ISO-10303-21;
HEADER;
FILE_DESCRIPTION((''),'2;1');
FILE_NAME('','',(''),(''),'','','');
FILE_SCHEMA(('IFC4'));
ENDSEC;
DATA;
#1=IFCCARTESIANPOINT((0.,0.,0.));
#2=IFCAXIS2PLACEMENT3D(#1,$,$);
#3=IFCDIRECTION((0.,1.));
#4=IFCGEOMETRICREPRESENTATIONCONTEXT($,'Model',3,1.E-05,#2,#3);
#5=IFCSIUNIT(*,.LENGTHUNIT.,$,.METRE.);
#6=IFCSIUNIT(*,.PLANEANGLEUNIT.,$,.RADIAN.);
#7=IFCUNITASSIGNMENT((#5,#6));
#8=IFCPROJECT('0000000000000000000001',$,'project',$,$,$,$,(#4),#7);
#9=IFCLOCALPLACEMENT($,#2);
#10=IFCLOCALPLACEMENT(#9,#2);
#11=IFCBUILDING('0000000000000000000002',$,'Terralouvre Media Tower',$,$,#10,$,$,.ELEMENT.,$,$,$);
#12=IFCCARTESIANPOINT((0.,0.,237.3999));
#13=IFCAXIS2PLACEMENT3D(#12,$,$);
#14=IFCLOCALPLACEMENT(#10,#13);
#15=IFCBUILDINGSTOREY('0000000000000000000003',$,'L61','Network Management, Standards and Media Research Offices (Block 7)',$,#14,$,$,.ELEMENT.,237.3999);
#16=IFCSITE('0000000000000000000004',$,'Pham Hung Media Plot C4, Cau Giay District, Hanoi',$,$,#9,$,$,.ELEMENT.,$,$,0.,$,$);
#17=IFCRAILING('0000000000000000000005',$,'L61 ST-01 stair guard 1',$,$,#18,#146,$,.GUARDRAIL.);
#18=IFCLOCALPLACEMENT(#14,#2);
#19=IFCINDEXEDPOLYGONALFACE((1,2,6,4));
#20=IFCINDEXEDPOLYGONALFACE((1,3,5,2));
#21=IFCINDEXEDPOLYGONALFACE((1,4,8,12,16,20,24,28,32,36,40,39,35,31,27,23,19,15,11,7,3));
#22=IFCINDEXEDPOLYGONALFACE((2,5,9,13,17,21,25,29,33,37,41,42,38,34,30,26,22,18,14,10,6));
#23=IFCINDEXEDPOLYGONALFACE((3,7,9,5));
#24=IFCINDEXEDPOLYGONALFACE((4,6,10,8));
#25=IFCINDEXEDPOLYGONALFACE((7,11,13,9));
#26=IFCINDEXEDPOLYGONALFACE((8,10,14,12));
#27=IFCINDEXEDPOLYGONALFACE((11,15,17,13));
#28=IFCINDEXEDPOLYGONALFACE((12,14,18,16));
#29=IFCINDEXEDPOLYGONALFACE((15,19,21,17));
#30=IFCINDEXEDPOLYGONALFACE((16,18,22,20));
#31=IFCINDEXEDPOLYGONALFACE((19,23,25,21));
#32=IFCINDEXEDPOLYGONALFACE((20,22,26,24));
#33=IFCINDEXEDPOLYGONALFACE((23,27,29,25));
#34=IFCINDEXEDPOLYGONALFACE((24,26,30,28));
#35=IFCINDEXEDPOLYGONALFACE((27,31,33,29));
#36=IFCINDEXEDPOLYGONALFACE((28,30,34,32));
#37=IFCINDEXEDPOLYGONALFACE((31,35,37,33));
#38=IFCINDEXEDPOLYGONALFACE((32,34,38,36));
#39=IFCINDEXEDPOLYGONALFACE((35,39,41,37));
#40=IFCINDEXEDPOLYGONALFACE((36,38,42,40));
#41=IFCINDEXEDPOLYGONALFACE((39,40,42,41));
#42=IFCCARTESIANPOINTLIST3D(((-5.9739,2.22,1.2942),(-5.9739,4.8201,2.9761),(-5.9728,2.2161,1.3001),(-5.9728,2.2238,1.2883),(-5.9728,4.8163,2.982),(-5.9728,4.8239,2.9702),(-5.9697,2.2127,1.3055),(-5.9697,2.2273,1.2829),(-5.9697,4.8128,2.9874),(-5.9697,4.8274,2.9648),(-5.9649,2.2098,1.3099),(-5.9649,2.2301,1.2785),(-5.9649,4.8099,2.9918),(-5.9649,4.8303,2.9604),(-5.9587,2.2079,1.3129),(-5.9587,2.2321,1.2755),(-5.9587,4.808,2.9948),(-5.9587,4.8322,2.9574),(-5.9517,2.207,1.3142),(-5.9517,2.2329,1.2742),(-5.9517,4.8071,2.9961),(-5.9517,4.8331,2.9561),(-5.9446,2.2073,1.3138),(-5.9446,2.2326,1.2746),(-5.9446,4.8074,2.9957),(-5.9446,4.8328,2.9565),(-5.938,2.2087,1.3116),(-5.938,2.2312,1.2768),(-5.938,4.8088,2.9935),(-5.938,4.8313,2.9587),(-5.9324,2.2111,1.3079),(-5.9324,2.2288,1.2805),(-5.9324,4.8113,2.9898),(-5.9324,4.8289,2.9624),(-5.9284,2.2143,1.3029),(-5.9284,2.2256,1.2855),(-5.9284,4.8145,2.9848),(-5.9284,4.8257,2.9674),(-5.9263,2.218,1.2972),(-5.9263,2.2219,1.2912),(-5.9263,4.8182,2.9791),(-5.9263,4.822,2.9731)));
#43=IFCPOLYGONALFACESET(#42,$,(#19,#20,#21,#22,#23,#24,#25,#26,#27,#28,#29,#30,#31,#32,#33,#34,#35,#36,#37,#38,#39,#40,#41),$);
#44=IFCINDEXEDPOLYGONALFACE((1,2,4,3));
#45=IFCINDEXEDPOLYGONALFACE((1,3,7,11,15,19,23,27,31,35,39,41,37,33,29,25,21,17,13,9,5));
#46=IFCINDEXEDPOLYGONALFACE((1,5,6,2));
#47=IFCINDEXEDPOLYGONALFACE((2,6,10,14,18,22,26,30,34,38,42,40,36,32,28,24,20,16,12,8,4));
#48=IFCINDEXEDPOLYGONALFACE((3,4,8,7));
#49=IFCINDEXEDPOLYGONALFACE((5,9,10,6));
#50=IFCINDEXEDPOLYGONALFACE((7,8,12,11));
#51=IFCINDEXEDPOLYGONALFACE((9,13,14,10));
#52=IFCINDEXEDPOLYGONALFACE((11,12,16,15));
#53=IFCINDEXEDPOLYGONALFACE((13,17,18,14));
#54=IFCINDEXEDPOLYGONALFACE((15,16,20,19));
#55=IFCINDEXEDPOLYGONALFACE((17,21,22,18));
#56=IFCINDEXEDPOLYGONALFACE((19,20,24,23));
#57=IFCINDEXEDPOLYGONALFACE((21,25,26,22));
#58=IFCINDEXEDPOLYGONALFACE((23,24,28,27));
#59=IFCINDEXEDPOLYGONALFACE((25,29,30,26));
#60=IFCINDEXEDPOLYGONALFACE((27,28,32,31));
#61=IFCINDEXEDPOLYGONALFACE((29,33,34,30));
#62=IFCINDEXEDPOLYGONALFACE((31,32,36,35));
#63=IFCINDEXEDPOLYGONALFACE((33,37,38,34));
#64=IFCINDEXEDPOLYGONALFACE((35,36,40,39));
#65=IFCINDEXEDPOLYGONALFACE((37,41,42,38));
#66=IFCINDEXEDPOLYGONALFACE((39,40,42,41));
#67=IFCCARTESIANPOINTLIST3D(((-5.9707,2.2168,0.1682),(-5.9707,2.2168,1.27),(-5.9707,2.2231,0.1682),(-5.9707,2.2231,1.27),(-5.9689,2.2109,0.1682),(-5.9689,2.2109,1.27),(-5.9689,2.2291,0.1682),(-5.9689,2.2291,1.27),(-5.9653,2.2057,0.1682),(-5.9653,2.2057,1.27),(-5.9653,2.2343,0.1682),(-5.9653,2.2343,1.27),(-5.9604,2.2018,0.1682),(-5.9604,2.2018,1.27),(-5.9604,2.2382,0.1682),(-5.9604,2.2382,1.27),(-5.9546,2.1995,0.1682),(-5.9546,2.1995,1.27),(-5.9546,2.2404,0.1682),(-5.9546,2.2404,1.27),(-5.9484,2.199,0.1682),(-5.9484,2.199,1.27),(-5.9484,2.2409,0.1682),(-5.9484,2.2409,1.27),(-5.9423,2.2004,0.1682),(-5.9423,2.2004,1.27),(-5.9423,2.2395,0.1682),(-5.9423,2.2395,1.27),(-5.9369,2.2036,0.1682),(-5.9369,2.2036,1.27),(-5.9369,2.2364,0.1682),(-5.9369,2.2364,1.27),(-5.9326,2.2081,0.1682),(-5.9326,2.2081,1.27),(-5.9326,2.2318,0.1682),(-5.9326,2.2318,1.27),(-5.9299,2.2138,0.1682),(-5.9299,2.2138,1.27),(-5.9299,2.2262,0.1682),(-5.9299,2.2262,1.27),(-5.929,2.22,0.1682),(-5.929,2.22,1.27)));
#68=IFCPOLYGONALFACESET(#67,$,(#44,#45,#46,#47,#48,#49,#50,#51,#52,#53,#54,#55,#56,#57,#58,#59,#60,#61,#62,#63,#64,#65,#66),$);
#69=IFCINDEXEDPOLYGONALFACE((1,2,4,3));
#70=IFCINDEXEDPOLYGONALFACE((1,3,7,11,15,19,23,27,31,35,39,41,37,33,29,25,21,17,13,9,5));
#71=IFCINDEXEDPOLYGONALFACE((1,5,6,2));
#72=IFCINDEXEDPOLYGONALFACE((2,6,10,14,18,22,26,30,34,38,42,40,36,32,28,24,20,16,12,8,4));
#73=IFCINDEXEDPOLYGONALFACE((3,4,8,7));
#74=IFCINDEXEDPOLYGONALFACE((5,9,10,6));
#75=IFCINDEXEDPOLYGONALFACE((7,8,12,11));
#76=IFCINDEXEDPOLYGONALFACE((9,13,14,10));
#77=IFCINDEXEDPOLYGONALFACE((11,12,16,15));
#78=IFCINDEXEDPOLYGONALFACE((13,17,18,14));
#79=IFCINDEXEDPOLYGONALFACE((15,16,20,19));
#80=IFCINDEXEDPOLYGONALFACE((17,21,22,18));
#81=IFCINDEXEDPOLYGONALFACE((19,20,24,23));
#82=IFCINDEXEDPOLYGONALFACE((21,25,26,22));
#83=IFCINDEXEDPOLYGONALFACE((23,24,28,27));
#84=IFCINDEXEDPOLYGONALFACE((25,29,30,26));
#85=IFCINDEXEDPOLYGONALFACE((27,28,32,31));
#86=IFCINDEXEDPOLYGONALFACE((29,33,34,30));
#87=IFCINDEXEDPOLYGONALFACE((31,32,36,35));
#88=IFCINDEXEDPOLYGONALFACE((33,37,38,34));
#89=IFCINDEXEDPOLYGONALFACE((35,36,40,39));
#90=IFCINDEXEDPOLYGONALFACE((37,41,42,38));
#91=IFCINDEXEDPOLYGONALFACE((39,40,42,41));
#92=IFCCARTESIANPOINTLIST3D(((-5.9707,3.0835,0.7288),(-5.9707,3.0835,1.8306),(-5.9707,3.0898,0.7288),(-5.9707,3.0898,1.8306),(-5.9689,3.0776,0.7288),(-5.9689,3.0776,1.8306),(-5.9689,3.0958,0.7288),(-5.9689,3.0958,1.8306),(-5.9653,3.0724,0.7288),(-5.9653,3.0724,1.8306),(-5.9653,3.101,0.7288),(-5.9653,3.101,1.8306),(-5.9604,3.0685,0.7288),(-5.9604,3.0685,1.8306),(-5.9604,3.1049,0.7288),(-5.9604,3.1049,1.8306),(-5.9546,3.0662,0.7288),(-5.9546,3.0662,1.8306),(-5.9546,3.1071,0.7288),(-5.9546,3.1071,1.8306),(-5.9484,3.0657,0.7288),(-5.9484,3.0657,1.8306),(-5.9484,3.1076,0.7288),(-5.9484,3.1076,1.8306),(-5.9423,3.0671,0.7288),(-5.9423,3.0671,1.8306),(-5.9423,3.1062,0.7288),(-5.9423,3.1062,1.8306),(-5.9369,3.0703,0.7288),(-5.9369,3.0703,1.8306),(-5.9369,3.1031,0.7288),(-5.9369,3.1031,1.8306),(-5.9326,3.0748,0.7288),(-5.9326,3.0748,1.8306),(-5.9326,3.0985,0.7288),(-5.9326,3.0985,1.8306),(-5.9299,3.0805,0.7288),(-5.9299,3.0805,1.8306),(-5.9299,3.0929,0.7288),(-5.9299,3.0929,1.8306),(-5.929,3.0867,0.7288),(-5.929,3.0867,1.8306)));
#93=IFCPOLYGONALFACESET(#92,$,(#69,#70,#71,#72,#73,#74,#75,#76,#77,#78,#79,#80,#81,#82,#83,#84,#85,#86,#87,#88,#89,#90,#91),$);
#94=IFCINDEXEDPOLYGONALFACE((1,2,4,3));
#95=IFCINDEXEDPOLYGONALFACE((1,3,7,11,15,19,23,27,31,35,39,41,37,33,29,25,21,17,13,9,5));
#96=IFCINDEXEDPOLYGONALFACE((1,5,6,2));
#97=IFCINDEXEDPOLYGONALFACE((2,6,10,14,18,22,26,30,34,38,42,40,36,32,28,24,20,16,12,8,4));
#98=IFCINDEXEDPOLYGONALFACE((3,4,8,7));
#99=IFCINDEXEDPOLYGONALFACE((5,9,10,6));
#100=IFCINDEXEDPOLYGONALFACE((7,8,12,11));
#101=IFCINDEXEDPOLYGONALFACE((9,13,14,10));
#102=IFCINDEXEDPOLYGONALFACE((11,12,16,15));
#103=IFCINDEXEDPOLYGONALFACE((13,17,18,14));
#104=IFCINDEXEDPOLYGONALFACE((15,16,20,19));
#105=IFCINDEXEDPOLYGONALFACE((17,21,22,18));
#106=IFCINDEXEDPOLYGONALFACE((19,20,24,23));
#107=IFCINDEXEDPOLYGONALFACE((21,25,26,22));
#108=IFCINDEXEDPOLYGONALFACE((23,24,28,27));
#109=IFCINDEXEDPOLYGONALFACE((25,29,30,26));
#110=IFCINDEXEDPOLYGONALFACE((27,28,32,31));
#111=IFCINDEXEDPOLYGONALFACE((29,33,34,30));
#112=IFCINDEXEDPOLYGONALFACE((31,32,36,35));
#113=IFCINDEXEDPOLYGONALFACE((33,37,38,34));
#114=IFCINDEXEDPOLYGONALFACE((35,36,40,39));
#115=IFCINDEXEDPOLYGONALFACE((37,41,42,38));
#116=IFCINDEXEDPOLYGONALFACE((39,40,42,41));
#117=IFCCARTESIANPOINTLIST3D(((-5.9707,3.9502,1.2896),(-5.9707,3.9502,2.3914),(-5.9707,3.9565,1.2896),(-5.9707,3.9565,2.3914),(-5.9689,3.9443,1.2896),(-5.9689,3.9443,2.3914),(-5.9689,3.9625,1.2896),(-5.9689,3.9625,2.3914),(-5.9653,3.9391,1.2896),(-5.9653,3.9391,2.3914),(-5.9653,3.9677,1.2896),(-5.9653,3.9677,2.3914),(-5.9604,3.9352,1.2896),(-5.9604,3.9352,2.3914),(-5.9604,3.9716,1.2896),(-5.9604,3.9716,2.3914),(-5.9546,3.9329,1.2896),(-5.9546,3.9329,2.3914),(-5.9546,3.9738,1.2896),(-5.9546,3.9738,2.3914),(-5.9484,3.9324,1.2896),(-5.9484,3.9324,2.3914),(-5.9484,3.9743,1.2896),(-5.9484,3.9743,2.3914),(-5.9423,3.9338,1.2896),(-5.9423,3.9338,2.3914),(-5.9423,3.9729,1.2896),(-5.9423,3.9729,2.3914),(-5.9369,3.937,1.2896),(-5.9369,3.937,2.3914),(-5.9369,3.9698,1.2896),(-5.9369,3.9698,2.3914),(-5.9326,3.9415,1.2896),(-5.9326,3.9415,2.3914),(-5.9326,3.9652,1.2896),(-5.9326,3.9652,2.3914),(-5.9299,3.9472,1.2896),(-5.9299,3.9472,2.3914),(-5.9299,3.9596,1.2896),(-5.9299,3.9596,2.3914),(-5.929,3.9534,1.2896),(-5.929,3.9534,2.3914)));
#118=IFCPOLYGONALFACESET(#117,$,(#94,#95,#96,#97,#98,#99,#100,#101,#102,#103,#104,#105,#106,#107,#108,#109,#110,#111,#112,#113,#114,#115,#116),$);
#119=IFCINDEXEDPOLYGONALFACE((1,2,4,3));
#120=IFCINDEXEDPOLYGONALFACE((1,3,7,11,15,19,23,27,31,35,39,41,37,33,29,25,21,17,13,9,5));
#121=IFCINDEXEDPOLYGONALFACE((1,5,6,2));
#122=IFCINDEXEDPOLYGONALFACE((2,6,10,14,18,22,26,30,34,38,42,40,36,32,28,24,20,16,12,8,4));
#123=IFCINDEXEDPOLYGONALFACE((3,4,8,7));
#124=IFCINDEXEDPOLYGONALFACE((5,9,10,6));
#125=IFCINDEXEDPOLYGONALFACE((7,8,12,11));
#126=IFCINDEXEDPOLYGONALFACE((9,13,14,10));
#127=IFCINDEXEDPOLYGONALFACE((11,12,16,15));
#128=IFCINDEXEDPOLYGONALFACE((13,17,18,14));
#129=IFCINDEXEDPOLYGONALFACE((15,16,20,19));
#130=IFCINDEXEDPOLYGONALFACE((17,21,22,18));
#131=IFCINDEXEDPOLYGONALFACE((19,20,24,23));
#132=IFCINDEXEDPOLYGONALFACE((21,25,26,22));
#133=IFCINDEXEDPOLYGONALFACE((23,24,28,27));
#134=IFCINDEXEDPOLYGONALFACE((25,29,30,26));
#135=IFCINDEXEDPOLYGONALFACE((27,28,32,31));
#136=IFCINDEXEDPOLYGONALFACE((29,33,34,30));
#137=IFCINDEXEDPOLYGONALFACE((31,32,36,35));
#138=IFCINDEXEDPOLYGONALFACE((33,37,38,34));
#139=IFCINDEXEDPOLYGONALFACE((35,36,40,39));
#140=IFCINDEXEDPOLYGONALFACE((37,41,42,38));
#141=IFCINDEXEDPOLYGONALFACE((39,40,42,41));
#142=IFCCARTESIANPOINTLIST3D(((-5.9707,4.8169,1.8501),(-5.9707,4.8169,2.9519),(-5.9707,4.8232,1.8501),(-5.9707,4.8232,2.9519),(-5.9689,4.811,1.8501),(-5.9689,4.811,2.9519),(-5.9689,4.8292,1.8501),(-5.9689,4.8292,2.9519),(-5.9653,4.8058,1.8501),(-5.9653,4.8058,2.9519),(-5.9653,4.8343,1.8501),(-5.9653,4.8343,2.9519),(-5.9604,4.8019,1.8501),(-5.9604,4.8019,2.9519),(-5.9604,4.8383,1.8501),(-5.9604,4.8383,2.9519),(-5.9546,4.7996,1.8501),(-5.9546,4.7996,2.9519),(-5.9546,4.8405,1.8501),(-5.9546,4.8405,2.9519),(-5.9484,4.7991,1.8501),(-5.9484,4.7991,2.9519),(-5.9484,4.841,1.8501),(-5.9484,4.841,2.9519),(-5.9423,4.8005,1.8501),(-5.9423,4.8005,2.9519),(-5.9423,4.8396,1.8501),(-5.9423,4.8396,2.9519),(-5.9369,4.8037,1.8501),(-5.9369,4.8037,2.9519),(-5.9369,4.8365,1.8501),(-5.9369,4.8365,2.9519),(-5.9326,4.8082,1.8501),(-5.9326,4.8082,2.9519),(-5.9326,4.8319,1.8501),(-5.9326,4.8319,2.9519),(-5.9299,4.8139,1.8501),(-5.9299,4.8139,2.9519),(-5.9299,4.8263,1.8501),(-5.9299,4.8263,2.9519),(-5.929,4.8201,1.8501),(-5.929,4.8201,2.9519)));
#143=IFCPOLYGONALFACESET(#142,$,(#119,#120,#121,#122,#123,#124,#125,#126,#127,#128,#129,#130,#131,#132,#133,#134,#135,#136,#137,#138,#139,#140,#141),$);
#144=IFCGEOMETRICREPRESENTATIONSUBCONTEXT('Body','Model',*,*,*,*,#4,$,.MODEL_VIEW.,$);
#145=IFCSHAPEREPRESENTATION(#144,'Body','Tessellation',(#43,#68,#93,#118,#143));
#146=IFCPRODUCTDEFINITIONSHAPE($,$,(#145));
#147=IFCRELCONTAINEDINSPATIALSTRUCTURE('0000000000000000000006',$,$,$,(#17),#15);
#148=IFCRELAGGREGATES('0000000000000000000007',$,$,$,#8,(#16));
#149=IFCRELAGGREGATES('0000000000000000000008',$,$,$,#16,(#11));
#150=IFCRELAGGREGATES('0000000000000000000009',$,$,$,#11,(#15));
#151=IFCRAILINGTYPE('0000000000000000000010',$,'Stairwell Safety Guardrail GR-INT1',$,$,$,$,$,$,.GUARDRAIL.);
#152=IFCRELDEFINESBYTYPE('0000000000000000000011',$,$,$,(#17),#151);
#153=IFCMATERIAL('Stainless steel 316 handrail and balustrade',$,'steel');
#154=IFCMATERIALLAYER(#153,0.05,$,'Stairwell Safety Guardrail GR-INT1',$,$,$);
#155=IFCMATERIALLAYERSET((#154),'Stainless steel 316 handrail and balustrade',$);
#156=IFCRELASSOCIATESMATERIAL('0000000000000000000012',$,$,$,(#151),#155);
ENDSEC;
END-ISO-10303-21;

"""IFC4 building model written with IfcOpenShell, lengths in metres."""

from ifc_helpers import new_model, si_unit, direction, frame, origin, origin_2d, place, context, subcontext, project, spatial, circle, extrude, material, layer, layer_set, type_object, element, save


model = new_model("IFC4")

# Units and contexts
model_context = context("Model", 3, precision=1e-05, world=origin(), true_north=direction((0.0, 1.0)))
body_context = subcontext(model_context, "Body", "Model", "MODEL_VIEW")
ifc_project = project(units=[si_unit("LENGTHUNIT", "METRE"), si_unit("PLANEANGLEUNIT", "RADIAN")], contexts=[model_context])

# Site, building, storey
site_placement = place(None, origin())
site = spatial("IfcSite", under=ifc_project, at=site_placement, Name="Pham Hung Media Plot C4, Cau Giay District, Hanoi", CompositionType="ELEMENT", RefElevation=0.0)
building_placement = place(site_placement, origin())
building = spatial("IfcBuilding", under=site, at=building_placement, Name="Terralouvre Media Tower", CompositionType="ELEMENT")
storey_placement = place(building_placement, frame((0.0, 0.0, 237.3999)))
storey = spatial("IfcBuildingStorey", under=building, at=storey_placement, Name="L61", Description="Network Management, Standards and Media Research Offices (Block 7)", CompositionType="ELEMENT", Elevation=237.3999)

# Railing
ifc_material_1 = material(Name="Stainless steel 316 handrail and balustrade", Category="steel")
ifc_layer_1 = layer(ifc_material_1, 0.05, Name="Stairwell Safety Guardrail GR-INT1")
ifc_layer_set_1 = layer_set([ifc_layer_1], Name="Stainless steel 316 handrail and balustrade")
railing_type_1 = type_object("IfcRailingType", Name="Stairwell Safety Guardrail GR-INT1", PredefinedType="GUARDRAIL", material=ifc_layer_set_1)
railing_1_placement = place(storey_placement, frame((-5.95, 2.22, 0.1682)))
element("IfcRailing", 1, at=railing_1_placement, inside=storey, type_object=railing_type_1, Name="L61 ST-01 stair guard 1", PredefinedType="GUARDRAIL", context=body_context, shape_type="SweptSolid", body=[
    extrude(circle(Radius=0.0239, at=origin_2d()), frame((0.0, 0.0, 1.126), z_axis=(0.0, 0.839648, 0.54313), x_axis=(-1.0, 0.0, 0.0)), (0.0, 0.0, 1.0), 3.0967),
    extrude(circle(Radius=0.021, at=origin_2d()), origin(), (0.0, 0.0, 1.0), 1.1018),
    extrude(circle(Radius=0.021, at=origin_2d()), frame((0.0, 0.8667, 0.5605)), (0.0, 0.0, 1.0), 1.1018),
    extrude(circle(Radius=0.021, at=origin_2d()), frame((0.0, 1.7334, 1.1213)), (0.0, 0.0, 1.0), 1.1018),
    extrude(circle(Radius=0.021, at=origin_2d()), frame((0.0, 2.6001, 1.6819)), (0.0, 0.0, 1.0), 1.1018),
])

save(model, "model.ifc")
